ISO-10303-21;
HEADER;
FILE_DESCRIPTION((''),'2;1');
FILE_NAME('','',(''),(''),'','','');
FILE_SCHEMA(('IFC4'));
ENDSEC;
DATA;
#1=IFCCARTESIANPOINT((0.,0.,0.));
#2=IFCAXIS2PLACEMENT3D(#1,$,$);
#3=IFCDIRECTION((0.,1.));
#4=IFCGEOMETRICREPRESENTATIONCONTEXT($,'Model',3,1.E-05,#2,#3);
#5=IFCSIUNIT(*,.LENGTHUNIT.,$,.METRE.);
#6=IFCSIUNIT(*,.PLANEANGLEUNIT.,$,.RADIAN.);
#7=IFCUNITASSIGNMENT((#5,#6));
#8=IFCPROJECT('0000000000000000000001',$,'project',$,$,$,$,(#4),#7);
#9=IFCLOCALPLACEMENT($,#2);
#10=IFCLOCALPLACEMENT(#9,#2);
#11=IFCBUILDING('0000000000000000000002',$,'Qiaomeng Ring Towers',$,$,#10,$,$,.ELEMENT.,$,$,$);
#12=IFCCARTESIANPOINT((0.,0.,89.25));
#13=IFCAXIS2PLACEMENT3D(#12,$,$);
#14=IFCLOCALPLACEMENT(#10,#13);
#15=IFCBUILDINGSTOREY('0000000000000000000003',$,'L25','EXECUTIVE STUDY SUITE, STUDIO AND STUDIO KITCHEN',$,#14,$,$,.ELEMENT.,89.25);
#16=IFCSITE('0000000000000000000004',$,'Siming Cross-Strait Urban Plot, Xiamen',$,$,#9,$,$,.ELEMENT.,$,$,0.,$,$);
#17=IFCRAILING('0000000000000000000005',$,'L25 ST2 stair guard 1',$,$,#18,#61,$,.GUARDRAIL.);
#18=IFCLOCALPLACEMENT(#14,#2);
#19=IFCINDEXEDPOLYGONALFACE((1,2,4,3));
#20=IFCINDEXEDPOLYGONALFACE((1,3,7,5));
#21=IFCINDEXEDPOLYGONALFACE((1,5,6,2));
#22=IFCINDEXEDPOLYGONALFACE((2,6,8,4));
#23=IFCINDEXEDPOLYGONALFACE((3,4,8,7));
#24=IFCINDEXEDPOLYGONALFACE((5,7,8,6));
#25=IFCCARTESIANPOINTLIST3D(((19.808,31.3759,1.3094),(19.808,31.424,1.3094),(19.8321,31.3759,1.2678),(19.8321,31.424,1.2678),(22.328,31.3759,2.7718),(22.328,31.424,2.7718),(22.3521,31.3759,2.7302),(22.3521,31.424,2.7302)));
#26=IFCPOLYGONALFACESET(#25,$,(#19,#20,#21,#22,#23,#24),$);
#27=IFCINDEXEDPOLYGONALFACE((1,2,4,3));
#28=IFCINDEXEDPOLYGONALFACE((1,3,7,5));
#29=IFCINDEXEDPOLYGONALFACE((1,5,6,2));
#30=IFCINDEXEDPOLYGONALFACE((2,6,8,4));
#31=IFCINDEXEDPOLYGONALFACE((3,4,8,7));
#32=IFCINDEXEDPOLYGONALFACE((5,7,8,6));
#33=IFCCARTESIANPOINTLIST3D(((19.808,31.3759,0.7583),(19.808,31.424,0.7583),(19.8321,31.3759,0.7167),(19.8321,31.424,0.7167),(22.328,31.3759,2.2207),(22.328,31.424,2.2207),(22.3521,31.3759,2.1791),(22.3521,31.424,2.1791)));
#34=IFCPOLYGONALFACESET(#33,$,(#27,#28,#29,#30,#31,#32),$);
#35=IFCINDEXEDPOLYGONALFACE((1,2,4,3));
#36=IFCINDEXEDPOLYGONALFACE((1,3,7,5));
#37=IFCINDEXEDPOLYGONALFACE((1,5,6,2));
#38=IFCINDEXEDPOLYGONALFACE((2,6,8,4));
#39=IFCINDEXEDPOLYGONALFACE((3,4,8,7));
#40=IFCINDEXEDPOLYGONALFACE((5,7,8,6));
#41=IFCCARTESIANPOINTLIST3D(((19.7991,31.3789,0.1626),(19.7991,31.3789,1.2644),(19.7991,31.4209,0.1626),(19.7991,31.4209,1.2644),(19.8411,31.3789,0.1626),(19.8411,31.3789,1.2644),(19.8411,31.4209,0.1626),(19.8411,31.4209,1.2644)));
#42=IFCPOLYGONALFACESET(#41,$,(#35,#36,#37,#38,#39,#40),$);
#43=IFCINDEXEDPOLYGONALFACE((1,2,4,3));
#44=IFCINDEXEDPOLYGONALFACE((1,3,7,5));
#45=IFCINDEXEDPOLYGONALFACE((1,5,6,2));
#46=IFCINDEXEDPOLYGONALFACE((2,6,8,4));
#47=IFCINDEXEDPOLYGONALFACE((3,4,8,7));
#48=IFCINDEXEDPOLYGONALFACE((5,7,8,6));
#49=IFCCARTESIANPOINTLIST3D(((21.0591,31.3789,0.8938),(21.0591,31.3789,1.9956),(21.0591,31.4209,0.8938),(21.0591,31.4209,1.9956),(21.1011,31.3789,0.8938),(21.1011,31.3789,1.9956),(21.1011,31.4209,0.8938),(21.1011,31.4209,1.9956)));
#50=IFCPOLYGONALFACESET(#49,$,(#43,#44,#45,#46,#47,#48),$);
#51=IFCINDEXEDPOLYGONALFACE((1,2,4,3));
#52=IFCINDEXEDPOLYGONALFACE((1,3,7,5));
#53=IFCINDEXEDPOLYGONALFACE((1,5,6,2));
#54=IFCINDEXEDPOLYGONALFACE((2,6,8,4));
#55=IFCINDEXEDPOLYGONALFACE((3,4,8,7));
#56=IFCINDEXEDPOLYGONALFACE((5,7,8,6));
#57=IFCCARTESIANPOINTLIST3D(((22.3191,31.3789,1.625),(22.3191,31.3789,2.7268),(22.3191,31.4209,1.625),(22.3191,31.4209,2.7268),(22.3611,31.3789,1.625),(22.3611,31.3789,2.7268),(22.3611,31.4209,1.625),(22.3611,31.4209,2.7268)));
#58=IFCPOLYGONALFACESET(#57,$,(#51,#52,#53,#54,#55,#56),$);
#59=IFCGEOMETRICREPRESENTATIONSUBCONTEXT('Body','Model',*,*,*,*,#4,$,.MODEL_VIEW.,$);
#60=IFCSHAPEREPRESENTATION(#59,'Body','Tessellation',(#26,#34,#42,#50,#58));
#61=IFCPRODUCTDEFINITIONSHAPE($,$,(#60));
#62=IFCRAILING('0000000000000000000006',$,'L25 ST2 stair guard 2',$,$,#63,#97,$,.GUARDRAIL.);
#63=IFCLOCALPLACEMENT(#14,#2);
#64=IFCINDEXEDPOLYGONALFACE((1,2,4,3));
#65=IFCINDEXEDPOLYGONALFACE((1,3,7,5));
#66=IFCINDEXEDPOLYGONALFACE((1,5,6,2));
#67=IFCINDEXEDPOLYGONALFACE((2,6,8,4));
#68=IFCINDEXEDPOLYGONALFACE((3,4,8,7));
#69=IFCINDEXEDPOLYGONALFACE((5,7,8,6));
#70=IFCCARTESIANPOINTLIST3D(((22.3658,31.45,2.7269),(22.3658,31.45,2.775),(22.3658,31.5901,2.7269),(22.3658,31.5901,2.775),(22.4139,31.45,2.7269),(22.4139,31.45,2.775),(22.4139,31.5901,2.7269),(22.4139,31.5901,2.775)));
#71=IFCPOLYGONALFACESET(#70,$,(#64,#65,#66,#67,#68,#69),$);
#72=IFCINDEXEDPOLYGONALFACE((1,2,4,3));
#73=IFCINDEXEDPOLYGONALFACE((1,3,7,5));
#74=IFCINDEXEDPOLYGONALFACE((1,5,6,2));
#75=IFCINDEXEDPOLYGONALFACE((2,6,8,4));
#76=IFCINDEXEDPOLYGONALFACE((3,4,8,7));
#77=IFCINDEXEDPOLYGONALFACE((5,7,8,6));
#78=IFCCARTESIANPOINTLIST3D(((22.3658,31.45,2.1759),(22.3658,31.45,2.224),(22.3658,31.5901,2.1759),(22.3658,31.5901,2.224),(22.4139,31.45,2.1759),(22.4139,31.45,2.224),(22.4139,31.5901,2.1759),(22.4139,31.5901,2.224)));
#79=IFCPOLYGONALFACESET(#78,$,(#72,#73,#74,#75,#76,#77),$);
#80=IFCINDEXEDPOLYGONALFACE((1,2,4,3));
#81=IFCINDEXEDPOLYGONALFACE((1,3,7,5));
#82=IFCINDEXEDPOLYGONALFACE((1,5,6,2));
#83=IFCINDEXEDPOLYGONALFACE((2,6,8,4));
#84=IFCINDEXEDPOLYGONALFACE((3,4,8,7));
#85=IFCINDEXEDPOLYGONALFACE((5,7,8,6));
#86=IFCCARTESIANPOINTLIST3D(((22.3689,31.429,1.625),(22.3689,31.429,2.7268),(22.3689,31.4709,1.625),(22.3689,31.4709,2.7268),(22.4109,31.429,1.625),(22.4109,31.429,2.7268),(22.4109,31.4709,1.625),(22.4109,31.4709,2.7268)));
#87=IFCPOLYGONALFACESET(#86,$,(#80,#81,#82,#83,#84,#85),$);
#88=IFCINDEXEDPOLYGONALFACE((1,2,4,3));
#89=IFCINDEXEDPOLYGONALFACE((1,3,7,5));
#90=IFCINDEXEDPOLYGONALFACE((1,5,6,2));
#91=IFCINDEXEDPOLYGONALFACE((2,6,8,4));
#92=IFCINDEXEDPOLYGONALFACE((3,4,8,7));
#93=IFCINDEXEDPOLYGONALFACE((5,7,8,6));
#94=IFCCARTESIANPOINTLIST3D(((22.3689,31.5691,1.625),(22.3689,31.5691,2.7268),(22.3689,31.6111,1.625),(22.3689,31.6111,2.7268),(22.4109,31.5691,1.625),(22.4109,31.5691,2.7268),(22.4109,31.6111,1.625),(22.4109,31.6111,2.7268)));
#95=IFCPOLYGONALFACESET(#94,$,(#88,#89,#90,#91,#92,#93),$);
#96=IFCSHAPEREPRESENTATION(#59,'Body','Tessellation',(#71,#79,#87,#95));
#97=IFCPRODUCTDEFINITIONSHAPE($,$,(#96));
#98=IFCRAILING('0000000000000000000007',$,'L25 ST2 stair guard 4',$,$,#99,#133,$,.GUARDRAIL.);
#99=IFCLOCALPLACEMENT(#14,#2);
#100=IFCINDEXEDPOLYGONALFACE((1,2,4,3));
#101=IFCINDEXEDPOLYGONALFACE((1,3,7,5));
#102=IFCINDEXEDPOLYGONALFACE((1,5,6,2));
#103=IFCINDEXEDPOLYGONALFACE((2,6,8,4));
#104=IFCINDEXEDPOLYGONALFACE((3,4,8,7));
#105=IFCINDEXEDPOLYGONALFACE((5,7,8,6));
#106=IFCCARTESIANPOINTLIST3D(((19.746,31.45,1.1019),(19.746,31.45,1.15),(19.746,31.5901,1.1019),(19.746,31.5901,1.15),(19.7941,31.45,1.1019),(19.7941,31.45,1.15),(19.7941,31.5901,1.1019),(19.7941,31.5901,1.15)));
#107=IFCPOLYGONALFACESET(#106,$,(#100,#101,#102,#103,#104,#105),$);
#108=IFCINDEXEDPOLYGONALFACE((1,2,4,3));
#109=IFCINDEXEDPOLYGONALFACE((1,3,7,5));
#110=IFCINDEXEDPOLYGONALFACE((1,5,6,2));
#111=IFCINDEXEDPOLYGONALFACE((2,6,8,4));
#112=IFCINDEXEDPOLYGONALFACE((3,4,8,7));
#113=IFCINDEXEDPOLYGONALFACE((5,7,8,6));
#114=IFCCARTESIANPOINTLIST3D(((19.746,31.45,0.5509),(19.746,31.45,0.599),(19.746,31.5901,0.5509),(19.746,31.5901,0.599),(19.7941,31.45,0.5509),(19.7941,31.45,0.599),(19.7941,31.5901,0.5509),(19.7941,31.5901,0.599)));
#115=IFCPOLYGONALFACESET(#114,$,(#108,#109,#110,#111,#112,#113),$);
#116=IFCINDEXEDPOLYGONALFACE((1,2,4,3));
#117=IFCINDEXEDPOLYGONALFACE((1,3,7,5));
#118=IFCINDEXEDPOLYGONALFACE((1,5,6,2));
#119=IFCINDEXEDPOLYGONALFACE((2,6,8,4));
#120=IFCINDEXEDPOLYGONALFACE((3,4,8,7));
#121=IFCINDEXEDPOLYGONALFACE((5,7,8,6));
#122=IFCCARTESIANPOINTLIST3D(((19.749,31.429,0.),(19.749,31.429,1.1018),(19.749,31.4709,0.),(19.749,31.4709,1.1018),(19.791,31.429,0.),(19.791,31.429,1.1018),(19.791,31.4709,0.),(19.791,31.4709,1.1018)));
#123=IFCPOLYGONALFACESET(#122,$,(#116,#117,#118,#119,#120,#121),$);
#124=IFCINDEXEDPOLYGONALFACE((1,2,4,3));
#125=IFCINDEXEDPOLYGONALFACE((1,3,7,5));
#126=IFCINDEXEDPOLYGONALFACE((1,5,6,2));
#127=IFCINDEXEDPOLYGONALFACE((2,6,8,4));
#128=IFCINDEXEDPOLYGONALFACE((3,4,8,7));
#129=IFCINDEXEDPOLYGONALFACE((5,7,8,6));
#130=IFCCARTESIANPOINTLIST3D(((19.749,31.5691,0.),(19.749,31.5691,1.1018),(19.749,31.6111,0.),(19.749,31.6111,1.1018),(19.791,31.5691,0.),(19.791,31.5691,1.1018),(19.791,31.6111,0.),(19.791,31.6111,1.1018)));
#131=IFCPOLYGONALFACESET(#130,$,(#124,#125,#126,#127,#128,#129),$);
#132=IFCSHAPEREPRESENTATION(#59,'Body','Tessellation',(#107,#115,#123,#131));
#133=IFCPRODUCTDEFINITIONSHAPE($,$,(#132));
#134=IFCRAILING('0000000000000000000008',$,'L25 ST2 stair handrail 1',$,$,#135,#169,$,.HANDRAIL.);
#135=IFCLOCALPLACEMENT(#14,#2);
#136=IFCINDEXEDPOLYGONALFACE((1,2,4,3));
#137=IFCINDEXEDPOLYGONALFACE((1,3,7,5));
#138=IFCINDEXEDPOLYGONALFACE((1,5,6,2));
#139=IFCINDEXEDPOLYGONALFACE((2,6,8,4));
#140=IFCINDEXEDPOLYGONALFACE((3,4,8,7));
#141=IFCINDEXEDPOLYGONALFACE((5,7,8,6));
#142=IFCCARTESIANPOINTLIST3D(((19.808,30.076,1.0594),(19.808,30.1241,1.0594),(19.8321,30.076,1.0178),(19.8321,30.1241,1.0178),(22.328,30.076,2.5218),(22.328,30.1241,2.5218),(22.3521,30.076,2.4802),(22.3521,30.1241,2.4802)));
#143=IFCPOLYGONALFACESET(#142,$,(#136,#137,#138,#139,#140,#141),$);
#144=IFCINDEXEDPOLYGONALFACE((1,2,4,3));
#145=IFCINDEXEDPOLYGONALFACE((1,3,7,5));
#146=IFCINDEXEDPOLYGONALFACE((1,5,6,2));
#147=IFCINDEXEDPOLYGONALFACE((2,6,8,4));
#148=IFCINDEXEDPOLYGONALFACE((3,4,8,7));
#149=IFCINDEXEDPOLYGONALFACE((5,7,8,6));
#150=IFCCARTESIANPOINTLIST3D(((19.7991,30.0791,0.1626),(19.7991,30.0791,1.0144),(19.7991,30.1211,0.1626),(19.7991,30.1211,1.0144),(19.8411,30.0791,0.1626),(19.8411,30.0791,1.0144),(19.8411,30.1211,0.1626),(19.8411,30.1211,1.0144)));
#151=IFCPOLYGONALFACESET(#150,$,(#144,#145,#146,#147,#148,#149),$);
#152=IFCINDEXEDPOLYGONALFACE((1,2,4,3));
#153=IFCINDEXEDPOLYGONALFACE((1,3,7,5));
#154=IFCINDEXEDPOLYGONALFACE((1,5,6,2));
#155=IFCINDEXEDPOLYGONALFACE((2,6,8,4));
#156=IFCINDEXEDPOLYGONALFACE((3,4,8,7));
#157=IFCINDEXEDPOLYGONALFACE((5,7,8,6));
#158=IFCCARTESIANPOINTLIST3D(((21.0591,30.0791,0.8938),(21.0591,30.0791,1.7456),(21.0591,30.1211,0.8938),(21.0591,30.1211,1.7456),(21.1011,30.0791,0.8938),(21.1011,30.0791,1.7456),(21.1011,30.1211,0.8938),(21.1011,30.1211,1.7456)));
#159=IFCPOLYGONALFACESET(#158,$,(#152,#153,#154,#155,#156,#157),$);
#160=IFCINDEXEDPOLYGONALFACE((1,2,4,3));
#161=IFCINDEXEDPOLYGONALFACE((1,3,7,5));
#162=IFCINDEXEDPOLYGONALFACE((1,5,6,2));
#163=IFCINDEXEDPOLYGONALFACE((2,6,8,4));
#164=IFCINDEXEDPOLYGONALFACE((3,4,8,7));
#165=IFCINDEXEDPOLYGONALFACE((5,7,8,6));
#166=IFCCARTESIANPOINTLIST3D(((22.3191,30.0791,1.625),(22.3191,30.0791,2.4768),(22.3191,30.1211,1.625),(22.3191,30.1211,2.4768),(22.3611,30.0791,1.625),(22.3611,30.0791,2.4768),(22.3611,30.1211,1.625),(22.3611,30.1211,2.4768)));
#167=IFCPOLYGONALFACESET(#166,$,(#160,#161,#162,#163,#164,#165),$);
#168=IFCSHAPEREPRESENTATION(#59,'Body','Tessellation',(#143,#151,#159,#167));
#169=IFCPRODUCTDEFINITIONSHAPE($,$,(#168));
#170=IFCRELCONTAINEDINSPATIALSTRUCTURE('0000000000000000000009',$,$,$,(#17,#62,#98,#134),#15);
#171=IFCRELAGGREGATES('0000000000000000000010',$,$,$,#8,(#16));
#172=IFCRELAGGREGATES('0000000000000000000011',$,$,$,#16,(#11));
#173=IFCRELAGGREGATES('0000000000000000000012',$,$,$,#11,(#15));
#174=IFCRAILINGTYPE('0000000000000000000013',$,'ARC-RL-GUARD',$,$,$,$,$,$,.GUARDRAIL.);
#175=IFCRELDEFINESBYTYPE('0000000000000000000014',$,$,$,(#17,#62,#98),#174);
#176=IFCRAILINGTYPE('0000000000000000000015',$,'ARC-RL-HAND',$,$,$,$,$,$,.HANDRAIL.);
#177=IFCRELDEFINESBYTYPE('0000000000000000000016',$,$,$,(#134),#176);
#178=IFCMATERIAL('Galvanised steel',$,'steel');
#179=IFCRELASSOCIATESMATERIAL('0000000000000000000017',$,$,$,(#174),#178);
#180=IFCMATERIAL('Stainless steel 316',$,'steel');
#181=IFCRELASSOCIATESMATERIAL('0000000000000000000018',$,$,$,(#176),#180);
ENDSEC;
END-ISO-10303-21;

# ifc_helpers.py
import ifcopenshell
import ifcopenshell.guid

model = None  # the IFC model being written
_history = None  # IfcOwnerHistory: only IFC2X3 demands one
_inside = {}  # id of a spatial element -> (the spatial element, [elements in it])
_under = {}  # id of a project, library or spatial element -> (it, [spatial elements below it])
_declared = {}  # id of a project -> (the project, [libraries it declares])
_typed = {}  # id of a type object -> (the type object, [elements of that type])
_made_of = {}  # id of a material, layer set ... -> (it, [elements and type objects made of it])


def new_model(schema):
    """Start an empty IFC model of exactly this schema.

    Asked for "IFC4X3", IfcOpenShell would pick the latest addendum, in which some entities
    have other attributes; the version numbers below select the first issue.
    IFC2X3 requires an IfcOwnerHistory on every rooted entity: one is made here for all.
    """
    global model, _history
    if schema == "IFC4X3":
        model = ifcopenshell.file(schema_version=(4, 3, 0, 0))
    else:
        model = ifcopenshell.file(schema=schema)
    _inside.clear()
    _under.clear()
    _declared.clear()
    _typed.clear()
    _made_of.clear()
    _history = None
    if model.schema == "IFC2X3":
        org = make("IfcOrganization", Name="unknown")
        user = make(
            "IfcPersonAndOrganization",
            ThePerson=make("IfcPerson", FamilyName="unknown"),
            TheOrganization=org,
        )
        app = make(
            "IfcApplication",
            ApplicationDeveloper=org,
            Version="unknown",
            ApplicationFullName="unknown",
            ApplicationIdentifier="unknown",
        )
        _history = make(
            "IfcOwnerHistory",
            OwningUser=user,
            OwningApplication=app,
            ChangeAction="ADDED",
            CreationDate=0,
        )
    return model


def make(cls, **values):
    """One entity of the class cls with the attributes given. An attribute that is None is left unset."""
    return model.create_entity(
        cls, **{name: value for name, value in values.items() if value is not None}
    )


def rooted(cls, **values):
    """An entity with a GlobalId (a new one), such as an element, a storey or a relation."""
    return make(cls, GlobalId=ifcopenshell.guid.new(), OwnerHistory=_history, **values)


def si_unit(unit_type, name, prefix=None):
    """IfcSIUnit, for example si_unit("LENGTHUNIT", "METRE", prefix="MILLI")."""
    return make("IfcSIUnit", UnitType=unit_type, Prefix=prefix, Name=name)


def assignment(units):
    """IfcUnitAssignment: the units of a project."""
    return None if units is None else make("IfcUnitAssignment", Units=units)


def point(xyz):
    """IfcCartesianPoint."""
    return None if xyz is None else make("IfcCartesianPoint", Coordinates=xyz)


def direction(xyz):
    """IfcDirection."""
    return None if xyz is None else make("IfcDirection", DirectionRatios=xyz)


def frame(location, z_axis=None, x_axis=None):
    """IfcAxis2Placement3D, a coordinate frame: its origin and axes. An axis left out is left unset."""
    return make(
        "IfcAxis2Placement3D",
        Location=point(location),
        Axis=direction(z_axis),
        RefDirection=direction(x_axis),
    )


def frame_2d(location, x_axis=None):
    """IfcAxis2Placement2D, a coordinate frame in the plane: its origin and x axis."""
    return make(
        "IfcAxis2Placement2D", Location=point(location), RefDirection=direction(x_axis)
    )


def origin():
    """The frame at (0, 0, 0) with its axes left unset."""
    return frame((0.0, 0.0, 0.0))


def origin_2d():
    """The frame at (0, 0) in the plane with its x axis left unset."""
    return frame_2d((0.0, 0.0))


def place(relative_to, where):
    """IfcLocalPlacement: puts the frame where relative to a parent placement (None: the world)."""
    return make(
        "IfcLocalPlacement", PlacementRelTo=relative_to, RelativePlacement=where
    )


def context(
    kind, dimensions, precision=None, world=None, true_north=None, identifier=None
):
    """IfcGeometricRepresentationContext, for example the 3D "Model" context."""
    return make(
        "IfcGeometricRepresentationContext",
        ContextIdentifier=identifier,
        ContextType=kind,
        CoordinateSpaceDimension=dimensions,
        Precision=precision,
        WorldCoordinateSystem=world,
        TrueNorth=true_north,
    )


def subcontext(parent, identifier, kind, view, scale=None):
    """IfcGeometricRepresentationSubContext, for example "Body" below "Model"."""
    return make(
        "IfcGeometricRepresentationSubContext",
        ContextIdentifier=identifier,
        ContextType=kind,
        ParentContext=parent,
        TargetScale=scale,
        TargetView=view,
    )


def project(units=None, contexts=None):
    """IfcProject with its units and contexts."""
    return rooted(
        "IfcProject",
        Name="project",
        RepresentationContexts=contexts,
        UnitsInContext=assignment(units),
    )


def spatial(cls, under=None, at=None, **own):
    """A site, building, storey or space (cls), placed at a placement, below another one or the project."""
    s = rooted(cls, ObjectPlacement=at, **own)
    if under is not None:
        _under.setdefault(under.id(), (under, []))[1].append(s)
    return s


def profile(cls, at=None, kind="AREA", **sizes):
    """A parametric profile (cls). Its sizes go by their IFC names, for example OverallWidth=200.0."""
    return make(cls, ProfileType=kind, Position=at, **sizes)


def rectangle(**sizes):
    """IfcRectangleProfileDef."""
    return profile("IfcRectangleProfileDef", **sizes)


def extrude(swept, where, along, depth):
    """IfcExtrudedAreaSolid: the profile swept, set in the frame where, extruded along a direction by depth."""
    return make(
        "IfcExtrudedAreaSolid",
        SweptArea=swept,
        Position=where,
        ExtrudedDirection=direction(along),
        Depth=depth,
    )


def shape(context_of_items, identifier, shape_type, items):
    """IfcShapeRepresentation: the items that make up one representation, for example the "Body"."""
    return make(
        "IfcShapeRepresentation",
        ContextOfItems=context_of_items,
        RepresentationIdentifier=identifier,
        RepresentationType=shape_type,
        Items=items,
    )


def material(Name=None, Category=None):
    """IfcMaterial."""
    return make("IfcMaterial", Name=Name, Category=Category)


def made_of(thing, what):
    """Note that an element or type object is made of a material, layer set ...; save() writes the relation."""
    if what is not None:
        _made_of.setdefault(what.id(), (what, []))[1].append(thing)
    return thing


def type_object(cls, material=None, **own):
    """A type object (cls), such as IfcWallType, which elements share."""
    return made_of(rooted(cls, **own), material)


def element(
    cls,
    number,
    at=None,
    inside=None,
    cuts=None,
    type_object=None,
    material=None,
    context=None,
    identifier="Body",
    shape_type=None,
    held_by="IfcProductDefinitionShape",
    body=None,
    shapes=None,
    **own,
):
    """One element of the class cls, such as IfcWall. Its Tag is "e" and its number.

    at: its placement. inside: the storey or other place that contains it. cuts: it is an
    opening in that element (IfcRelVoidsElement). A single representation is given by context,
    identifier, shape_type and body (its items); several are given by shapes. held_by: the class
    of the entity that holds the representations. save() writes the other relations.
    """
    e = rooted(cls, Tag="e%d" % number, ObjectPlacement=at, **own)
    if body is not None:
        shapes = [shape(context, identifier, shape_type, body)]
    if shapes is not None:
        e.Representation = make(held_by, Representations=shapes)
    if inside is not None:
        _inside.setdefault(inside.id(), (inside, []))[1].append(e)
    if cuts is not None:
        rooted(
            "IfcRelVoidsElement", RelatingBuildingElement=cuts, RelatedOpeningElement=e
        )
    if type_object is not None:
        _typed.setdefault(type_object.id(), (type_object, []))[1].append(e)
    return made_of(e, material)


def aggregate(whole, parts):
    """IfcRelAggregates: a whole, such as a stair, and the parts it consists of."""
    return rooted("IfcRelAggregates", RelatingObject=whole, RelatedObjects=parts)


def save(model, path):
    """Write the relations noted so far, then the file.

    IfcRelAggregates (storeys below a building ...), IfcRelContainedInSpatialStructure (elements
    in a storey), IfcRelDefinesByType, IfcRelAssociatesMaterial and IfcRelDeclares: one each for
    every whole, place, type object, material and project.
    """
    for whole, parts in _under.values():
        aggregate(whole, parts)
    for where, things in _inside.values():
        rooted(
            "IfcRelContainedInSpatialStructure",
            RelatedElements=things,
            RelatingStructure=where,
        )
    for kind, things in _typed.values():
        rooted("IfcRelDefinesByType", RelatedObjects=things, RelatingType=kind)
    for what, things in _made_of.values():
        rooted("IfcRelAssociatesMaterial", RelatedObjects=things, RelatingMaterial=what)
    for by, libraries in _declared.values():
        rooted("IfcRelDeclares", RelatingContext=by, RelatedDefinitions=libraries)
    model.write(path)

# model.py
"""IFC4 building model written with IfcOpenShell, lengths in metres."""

from ifc_helpers import new_model, si_unit, direction, frame, origin, origin_2d, place, context, subcontext, project, spatial, rectangle, extrude, material, type_object, element, save


model = new_model("IFC4")

# Units and contexts
model_context = context("Model", 3, precision=1e-05, world=origin(), true_north=direction((0.0, 1.0)))
body_context = subcontext(model_context, "Body", "Model", "MODEL_VIEW")
ifc_project = project(units=[si_unit("LENGTHUNIT", "METRE"), si_unit("PLANEANGLEUNIT", "RADIAN")], contexts=[model_context])

# Site, building, storey
site_placement = place(None, origin())
site = spatial("IfcSite", under=ifc_project, at=site_placement, Name="Siming Cross-Strait Urban Plot, Xiamen", CompositionType="ELEMENT", RefElevation=0.0)
building_placement = place(site_placement, origin())
building = spatial("IfcBuilding", under=site, at=building_placement, Name="Qiaomeng Ring Towers", CompositionType="ELEMENT")
storey_placement = place(building_placement, frame((0.0, 0.0, 89.25)))
storey = spatial("IfcBuildingStorey", under=building, at=storey_placement, Name="L25", Description="EXECUTIVE STUDY SUITE, STUDIO AND STUDIO KITCHEN", CompositionType="ELEMENT", Elevation=89.25)

# Shared definitions
ifc_material_1 = material(Name="Galvanised steel", Category="steel")

# Shared definitions
ifc_material_2 = material(Name="Stainless steel 316", Category="steel")

# Railings
railing_type_1 = type_object("IfcRailingType", Name="ARC-RL-GUARD", PredefinedType="GUARDRAIL", material=ifc_material_1)
railing_1_placement = place(storey_placement, frame((19.8201, 31.3999, 0.1626)))
element("IfcRailing", 1, at=railing_1_placement, inside=storey, type_object=railing_type_1, Name="L25 ST2 stair guard 1", PredefinedType="GUARDRAIL", context=body_context, shape_type="SweptSolid", body=[
    extrude(rectangle(XDim=0.0481, YDim=0.0481, at=origin_2d()), frame((0.0, 0.0, 1.126), z_axis=(0.864913, 0.0, 0.501921), x_axis=(0.0, 1.0, 0.0)), (0.0, 0.0, 1.0), 2.9136),
    extrude(rectangle(XDim=0.0481, YDim=0.0481, at=origin_2d()), frame((0.0, 0.0, 0.575), z_axis=(0.864913, 0.0, 0.501921), x_axis=(0.0, 1.0, 0.0)), (0.0, 0.0, 1.0), 2.9136),
    extrude(rectangle(XDim=0.042, YDim=0.042, at=origin_2d()), origin(), (0.0, 0.0, 1.0), 1.1018),
    extrude(rectangle(XDim=0.042, YDim=0.042, at=origin_2d()), frame((1.26, 0.0, 0.7312)), (0.0, 0.0, 1.0), 1.1018),
    extrude(rectangle(XDim=0.042, YDim=0.042, at=origin_2d()), frame((2.52, 0.0, 1.4624)), (0.0, 0.0, 1.0), 1.1018),
])
for number, where, name in (
    (2, (22.3899, 31.45, 1.625), "L25 ST2 stair guard 2"),
    (3, (19.77, 31.45, 0.0), "L25 ST2 stair guard 4"),
):
    element("IfcRailing", number, at=place(storey_placement, frame(where)), inside=storey, type_object=railing_type_1, Name=name, PredefinedType="GUARDRAIL", context=body_context, shape_type="SweptSolid", body=[
        extrude(rectangle(XDim=0.0481, YDim=0.0481, at=origin_2d()), frame((0.0, 0.0, 1.126), z_axis=(0.0, 1.0, 0.0), x_axis=(-1.0, 0.0, 0.0)), (0.0, 0.0, 1.0), 0.1401),
        extrude(rectangle(XDim=0.0481, YDim=0.0481, at=origin_2d()), frame((0.0, 0.0, 0.575), z_axis=(0.0, 1.0, 0.0), x_axis=(-1.0, 0.0, 0.0)), (0.0, 0.0, 1.0), 0.1401),
        extrude(rectangle(XDim=0.042, YDim=0.042, at=origin_2d()), origin(), (0.0, 0.0, 1.0), 1.1018),
        extrude(rectangle(XDim=0.042, YDim=0.042, at=origin_2d()), frame((0.0, 0.1401, 0.0)), (0.0, 0.0, 1.0), 1.1018),
    ])
railing_type_2 = type_object("IfcRailingType", Name="ARC-RL-HAND", PredefinedType="HANDRAIL", material=ifc_material_2)
railing_2_placement = place(storey_placement, frame((19.8201, 30.1001, 0.1626)))
element("IfcRailing", 4, at=railing_2_placement, inside=storey, type_object=railing_type_2, Name="L25 ST2 stair handrail 1", PredefinedType="HANDRAIL", context=body_context, shape_type="SweptSolid", body=[
    extrude(rectangle(XDim=0.0481, YDim=0.0481, at=origin_2d()), frame((0.0, 0.0, 0.876), z_axis=(0.864913, 0.0, 0.501921), x_axis=(0.0, 1.0, 0.0)), (0.0, 0.0, 1.0), 2.9136),
    extrude(rectangle(XDim=0.042, YDim=0.042, at=origin_2d()), origin(), (0.0, 0.0, 1.0), 0.8518),
    extrude(rectangle(XDim=0.042, YDim=0.042, at=origin_2d()), frame((1.26, 0.0, 0.7312)), (0.0, 0.0, 1.0), 0.8518),
    extrude(rectangle(XDim=0.042, YDim=0.042, at=origin_2d()), frame((2.52, 0.0, 1.4624)), (0.0, 0.0, 1.0), 0.8518),
])

save(model, "model.ifc")
